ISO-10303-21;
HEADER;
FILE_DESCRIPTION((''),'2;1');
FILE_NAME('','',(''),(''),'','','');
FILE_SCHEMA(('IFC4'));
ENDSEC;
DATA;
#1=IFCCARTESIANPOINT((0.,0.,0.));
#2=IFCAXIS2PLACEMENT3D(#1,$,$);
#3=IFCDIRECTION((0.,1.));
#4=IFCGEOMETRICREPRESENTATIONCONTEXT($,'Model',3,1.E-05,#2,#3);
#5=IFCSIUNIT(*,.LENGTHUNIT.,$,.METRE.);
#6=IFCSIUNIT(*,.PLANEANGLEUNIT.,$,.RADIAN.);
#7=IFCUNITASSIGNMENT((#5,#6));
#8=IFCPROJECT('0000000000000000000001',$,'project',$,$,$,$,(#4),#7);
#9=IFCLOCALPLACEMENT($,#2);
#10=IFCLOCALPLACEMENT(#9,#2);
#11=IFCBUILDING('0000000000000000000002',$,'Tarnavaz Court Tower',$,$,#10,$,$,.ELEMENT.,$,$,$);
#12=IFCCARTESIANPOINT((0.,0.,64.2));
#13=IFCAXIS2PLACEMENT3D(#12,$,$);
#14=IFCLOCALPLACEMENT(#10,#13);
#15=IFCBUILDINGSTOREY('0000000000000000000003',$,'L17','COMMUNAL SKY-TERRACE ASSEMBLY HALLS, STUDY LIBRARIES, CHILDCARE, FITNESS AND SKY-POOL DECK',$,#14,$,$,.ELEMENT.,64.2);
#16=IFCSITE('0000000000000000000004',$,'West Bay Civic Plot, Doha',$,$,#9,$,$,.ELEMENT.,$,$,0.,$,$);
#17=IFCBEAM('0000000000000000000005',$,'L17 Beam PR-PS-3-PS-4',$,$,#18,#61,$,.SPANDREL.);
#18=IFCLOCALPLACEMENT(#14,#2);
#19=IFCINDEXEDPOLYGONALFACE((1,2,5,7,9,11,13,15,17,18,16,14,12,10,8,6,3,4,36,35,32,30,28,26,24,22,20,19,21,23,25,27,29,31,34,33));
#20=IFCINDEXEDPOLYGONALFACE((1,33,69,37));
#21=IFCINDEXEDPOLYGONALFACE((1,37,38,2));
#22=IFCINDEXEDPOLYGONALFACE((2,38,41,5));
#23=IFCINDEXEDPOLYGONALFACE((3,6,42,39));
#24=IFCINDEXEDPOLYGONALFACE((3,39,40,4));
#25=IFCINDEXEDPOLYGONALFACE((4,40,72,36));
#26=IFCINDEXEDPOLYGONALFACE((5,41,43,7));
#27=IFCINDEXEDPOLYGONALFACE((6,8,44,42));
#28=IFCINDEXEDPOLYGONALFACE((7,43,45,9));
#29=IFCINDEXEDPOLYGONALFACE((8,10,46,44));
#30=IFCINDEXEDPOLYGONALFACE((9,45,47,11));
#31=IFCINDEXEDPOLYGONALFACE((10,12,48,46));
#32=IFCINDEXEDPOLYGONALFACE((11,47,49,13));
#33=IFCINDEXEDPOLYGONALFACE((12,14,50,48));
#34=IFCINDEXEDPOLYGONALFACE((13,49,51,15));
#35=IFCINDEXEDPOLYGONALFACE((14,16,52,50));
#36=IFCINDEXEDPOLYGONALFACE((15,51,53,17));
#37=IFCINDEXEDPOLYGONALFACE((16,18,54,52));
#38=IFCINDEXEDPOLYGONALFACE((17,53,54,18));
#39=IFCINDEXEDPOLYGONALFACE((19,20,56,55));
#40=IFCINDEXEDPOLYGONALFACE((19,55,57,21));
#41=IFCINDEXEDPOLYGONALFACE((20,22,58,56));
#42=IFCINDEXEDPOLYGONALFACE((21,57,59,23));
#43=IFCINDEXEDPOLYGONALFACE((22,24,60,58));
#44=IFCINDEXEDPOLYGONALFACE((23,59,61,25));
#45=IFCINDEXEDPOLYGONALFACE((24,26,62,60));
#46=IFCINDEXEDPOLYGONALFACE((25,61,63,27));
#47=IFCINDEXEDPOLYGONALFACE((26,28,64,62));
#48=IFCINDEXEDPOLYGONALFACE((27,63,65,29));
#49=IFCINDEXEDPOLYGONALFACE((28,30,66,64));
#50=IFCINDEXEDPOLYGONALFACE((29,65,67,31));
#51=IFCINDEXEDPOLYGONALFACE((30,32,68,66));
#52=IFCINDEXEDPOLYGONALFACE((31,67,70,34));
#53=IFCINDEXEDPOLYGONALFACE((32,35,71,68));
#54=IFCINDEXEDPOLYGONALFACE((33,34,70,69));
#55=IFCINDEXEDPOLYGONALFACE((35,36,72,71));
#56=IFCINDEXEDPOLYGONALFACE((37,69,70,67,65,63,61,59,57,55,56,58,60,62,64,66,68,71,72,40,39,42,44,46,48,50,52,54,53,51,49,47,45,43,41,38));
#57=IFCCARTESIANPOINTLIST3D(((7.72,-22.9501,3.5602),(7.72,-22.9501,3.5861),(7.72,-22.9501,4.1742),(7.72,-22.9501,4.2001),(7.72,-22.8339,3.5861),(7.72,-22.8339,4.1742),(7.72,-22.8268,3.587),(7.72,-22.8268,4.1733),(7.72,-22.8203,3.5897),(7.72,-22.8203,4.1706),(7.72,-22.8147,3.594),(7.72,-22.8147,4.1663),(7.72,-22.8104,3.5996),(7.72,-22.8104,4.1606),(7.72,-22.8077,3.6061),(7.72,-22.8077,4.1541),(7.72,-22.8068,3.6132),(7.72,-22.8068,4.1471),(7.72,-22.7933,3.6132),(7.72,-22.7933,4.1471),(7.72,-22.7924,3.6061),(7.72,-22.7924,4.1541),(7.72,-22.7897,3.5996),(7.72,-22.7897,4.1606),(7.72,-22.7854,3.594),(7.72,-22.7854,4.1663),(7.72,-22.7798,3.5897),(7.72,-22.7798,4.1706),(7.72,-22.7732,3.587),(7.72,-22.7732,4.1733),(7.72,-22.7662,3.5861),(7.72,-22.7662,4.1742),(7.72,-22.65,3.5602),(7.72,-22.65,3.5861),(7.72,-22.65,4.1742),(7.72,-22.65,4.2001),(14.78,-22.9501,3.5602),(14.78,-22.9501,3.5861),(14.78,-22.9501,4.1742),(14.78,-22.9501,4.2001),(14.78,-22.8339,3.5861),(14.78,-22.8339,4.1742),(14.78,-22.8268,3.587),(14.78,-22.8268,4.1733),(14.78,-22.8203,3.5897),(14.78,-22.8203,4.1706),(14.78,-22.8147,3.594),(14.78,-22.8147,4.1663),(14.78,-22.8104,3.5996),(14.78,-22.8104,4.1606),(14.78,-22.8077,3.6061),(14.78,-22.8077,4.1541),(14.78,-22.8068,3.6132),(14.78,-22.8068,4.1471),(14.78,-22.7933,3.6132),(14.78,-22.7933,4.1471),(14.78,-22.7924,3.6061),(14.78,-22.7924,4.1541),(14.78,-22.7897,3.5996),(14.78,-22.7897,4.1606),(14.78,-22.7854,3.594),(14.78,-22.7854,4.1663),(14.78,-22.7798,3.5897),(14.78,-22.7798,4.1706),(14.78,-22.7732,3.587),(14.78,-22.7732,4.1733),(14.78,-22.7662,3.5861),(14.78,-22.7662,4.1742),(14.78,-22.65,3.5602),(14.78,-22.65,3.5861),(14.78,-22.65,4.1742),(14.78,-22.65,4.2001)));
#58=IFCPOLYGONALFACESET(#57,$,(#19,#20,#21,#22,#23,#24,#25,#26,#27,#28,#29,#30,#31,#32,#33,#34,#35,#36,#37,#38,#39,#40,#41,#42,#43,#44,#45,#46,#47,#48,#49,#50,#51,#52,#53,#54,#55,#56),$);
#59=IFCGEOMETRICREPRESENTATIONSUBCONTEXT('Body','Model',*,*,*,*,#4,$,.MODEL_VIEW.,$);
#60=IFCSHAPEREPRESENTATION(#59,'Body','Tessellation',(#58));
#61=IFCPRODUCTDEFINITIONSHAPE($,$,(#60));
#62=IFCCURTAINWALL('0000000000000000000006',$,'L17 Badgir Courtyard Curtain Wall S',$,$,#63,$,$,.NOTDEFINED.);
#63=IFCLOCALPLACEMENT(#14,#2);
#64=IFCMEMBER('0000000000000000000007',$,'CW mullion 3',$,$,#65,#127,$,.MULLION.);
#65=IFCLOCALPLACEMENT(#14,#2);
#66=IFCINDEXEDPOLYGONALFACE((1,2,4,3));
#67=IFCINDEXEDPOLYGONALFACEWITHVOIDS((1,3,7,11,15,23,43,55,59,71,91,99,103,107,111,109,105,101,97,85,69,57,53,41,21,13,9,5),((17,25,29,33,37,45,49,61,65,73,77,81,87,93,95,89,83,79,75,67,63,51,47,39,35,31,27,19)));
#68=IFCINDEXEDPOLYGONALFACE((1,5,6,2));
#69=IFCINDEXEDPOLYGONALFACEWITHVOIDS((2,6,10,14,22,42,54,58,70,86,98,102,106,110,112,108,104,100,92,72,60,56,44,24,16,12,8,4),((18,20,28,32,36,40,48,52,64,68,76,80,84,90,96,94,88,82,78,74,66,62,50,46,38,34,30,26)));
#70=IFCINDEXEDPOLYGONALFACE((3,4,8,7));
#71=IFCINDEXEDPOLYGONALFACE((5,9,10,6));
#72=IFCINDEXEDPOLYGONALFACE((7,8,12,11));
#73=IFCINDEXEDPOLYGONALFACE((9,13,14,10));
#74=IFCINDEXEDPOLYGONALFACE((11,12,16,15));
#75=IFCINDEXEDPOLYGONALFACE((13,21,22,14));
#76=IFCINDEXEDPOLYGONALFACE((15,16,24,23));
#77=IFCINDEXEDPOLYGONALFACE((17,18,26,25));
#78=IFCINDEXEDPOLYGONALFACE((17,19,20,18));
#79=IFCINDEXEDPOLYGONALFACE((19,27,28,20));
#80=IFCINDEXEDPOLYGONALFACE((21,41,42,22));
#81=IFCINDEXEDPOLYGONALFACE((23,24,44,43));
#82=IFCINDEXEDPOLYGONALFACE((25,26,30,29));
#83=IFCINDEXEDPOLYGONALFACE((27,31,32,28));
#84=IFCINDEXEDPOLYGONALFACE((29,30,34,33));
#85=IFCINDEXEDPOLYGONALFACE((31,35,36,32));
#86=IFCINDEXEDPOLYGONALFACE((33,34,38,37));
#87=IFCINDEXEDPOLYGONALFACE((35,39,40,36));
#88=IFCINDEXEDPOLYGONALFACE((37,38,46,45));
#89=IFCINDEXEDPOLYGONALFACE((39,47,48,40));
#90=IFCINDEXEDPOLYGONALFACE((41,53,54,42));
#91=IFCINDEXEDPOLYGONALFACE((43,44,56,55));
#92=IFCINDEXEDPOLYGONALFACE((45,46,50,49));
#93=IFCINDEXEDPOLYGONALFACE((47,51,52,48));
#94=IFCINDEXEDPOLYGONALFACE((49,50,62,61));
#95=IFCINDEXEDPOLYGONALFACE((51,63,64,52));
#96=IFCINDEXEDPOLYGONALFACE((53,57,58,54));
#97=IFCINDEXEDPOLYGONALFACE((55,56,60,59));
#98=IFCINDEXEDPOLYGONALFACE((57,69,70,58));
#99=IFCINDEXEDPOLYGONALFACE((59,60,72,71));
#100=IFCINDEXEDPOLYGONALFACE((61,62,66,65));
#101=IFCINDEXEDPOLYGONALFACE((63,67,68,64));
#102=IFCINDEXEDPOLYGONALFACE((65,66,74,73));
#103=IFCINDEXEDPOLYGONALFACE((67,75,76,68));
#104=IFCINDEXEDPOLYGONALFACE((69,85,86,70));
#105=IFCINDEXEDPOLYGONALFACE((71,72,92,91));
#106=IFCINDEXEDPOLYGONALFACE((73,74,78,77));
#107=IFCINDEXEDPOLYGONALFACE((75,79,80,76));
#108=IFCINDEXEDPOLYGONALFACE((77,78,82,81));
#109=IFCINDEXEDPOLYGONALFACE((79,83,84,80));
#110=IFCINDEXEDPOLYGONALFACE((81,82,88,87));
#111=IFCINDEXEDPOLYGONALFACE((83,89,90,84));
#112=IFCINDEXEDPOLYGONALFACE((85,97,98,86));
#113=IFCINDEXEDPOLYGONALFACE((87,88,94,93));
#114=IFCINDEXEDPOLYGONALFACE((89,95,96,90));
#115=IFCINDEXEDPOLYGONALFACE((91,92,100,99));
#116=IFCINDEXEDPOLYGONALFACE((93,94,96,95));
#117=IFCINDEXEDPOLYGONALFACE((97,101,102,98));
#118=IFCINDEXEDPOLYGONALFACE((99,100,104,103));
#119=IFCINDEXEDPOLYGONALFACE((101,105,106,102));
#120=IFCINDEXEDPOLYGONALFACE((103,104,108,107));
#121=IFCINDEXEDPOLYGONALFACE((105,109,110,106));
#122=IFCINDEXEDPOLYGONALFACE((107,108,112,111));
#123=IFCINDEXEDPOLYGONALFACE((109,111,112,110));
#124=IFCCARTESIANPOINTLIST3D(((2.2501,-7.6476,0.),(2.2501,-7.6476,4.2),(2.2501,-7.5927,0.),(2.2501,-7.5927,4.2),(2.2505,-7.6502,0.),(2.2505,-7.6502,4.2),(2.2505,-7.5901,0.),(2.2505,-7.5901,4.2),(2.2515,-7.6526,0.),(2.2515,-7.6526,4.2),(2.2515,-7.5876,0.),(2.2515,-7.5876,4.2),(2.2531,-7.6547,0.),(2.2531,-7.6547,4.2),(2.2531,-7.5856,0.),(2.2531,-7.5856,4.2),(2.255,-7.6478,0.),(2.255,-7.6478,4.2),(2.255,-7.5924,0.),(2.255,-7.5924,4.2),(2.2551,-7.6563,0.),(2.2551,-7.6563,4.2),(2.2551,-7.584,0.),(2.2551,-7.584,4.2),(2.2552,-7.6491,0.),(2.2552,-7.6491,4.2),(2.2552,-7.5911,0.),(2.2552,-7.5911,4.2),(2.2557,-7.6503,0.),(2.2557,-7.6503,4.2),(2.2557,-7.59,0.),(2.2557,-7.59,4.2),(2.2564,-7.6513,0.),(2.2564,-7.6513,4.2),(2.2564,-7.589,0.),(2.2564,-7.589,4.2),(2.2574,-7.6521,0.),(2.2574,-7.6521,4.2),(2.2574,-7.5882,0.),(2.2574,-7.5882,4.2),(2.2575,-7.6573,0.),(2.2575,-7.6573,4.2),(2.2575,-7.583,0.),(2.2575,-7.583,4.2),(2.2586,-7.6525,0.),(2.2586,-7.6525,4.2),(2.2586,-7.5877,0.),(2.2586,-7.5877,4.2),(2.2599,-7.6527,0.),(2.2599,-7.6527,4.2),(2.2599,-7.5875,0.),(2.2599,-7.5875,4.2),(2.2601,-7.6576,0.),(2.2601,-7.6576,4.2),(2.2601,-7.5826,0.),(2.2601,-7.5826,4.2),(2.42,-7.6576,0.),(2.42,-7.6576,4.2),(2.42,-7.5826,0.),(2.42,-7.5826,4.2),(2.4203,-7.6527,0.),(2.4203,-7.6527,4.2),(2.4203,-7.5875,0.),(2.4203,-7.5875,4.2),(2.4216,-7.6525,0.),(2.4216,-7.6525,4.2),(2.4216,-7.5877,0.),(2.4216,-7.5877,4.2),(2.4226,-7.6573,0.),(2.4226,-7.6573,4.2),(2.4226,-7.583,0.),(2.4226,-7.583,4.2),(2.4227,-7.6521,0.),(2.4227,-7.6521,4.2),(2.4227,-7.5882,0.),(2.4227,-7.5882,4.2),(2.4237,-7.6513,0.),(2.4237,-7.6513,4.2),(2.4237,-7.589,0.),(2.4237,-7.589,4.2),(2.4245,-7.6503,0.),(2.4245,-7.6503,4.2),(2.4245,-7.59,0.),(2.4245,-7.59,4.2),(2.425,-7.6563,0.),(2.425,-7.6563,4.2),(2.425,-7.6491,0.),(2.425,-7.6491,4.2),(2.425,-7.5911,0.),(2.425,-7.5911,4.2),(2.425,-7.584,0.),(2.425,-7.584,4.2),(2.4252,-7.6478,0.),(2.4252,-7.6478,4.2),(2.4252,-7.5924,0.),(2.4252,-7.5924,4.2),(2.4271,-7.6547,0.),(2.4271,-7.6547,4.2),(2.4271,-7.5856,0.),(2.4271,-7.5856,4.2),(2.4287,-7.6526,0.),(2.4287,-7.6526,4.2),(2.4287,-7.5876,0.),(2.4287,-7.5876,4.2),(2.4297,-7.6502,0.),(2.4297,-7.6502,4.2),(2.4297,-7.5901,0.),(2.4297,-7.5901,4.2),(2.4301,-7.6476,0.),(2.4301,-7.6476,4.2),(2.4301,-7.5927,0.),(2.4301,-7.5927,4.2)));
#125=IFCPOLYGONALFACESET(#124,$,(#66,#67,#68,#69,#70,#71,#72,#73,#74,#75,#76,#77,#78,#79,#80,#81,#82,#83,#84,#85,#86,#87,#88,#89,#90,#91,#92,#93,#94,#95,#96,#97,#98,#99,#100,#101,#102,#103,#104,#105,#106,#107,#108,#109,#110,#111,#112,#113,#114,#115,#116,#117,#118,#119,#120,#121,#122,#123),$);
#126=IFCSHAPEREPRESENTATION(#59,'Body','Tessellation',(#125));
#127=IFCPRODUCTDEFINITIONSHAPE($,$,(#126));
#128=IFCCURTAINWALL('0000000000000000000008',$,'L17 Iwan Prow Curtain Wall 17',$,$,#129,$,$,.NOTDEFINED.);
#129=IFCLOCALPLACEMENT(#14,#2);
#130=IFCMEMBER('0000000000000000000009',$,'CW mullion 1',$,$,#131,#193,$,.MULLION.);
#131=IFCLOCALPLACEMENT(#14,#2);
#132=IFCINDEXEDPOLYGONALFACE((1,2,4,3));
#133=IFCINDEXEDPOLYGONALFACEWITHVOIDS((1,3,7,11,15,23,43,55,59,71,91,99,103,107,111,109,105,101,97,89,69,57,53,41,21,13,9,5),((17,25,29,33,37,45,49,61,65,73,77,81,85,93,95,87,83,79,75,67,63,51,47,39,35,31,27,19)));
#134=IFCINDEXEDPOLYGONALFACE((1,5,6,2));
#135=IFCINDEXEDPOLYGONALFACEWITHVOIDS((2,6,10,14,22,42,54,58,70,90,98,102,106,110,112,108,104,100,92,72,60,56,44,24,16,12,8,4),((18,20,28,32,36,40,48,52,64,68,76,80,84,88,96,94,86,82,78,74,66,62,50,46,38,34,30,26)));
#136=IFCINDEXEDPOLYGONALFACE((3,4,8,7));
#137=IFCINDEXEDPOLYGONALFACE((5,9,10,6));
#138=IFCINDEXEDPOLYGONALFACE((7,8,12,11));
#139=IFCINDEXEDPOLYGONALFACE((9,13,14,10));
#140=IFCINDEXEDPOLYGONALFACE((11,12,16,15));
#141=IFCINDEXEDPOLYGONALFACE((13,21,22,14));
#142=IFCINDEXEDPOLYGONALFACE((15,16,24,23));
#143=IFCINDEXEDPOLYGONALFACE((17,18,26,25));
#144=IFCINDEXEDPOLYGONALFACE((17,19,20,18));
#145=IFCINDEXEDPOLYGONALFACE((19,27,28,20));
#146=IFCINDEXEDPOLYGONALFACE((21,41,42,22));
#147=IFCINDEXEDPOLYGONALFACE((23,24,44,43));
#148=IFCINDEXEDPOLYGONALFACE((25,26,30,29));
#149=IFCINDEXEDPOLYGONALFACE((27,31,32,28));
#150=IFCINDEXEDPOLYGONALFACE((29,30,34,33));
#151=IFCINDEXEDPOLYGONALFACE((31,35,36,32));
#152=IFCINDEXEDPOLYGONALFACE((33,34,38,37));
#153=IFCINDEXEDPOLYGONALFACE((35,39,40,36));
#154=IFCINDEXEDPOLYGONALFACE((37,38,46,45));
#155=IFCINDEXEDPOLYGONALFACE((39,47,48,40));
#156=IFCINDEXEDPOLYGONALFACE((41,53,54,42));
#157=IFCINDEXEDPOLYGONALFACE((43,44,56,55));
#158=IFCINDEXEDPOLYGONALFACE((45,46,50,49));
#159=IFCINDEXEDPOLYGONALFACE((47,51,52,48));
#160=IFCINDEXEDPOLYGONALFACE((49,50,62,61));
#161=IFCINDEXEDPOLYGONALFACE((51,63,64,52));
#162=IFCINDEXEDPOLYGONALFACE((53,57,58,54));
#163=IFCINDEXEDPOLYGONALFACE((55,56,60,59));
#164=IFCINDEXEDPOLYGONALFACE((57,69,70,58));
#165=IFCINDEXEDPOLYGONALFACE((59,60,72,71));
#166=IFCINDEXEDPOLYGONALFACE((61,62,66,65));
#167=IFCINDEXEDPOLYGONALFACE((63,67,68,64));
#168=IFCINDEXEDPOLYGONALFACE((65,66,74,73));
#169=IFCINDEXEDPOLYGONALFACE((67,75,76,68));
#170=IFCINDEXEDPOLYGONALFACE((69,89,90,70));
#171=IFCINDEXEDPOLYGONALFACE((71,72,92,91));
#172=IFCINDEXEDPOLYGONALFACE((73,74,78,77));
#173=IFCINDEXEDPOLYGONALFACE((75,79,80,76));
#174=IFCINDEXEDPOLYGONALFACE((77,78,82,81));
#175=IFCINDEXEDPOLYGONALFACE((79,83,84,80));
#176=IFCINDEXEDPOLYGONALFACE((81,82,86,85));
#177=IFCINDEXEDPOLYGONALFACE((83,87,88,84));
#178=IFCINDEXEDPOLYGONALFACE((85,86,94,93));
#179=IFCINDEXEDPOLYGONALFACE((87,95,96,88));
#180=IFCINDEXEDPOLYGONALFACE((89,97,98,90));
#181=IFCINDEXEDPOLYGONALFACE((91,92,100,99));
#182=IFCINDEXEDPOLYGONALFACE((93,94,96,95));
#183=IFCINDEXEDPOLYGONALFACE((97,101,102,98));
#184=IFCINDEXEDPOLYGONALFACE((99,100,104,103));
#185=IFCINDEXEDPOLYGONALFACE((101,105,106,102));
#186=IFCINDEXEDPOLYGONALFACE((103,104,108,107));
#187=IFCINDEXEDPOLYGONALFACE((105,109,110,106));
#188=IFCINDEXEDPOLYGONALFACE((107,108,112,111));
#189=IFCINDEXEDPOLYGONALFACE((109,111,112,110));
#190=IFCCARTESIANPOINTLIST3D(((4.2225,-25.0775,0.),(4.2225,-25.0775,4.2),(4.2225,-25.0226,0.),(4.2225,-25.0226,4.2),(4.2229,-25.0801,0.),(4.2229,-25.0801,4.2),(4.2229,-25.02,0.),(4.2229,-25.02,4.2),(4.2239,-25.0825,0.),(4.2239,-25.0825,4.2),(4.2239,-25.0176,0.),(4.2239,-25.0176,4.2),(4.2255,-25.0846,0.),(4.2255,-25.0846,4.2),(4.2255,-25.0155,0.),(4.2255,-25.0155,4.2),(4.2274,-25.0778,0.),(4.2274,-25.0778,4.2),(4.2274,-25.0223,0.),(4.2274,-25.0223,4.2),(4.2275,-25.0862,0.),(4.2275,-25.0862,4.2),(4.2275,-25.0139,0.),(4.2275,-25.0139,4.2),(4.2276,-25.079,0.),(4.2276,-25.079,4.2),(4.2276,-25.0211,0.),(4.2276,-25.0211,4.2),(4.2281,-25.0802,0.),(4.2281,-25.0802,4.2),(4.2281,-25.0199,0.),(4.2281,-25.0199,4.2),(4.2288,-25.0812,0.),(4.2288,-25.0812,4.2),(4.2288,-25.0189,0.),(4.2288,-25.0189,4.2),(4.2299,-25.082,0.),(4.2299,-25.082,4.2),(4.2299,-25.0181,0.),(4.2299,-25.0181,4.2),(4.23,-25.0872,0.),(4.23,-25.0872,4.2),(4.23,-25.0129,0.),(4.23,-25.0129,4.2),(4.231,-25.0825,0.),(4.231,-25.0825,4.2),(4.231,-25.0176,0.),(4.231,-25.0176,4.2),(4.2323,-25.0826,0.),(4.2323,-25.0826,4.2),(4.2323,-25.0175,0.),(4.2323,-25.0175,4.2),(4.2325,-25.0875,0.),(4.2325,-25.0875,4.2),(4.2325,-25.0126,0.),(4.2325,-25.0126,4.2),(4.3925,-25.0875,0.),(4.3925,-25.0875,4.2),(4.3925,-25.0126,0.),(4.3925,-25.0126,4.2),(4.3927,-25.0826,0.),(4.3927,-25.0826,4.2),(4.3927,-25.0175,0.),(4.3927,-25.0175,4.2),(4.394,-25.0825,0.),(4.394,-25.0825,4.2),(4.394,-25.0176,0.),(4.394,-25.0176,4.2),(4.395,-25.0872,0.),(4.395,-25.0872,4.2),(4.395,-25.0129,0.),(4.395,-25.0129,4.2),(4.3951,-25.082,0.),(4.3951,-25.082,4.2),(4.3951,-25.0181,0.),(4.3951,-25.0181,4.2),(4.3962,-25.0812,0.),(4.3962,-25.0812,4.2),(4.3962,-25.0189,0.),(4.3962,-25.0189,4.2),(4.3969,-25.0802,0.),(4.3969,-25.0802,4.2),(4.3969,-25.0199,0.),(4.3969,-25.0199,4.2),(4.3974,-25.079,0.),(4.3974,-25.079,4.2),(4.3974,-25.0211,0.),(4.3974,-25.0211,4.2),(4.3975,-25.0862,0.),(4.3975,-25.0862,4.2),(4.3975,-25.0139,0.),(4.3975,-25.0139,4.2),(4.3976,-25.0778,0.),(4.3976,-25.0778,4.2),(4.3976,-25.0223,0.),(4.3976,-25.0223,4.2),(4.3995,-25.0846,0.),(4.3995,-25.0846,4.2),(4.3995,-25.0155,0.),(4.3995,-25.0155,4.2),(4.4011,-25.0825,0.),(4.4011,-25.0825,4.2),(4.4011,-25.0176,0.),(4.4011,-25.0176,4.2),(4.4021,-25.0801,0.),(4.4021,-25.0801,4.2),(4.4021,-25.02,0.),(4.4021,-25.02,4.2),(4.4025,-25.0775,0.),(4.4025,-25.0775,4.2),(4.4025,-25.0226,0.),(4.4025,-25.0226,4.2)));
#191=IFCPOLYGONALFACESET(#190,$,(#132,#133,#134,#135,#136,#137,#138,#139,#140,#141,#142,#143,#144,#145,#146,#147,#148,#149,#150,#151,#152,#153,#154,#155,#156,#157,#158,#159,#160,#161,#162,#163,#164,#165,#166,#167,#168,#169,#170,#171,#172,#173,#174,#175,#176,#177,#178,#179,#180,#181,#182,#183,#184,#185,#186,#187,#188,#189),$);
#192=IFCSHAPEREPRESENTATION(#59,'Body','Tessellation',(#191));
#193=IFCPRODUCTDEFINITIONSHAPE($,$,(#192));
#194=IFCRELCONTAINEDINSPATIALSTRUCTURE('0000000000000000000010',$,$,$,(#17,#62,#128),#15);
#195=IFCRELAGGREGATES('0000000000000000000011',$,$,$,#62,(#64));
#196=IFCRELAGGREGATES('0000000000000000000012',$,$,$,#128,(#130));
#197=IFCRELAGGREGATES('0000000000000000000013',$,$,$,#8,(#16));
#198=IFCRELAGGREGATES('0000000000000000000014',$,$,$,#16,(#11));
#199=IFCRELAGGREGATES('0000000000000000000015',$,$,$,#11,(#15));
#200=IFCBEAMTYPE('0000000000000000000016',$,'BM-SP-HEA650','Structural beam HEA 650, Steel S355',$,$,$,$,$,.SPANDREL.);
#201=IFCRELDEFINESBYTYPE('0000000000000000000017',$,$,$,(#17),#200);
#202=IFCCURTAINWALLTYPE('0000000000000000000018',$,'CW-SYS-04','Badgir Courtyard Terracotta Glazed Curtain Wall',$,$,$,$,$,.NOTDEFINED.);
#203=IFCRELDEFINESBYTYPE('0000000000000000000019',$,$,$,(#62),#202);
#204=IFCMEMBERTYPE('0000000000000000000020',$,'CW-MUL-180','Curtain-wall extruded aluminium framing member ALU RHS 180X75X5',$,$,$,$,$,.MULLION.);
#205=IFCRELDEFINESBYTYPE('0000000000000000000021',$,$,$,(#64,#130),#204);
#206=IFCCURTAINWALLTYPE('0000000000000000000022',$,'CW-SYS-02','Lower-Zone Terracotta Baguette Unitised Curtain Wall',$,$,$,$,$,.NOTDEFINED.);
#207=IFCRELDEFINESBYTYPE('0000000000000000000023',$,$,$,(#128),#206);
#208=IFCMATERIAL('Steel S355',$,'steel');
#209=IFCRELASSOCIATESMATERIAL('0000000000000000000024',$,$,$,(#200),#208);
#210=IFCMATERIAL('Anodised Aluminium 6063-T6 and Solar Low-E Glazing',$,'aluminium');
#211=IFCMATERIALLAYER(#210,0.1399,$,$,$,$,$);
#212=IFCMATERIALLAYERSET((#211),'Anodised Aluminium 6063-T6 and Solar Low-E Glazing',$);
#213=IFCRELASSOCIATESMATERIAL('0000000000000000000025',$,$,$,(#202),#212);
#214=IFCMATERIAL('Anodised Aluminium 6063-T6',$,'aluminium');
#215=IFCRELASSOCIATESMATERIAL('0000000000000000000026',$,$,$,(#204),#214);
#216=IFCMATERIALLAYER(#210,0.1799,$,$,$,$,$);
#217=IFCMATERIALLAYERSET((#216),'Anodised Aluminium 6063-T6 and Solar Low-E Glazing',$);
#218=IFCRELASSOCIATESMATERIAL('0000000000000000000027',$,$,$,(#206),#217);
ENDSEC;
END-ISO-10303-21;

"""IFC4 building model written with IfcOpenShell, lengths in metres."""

from ifc_helpers import new_model, si_unit, direction, frame, origin, origin_2d, place, context, subcontext, project, spatial, hollow_rectangle, i_section, extrude, material, layer, layer_set, material_profile, profile_set, type_object, element, aggregate, save


model = new_model("IFC4")

# Units and contexts
model_context = context("Model", 3, precision=1e-05, world=origin(), true_north=direction((0.0, 1.0)))
body_context = subcontext(model_context, "Body", "Model", "MODEL_VIEW")
ifc_project = project(units=[si_unit("LENGTHUNIT", "METRE"), si_unit("PLANEANGLEUNIT", "RADIAN")], contexts=[model_context])

# Site, building, storey
site_placement = place(None, origin())
site = spatial("IfcSite", under=ifc_project, at=site_placement, Name="West Bay Civic Plot, Doha", CompositionType="ELEMENT", RefElevation=0.0)
building_placement = place(site_placement, origin())
building = spatial("IfcBuilding", under=site, at=building_placement, Name="Tarnavaz Court Tower", CompositionType="ELEMENT")
storey_placement = place(building_placement, frame((0.0, 0.0, 64.2)))
storey = spatial("IfcBuildingStorey", under=building, at=storey_placement, Name="L17", Description="COMMUNAL SKY-TERRACE ASSEMBLY HALLS, STUDY LIBRARIES, CHILDCARE, FITNESS AND SKY-POOL DECK", CompositionType="ELEMENT", Elevation=64.2)

# Beam
ifc_material_1 = material(Name="Steel S355", Category="steel")
ifc_material_profile_1 = material_profile(ifc_material_1, i_section(OverallWidth=0.3, OverallDepth=0.6399, WebThickness=0.0134, FlangeThickness=0.0259, FilletRadius=0.0271, at=origin_2d()), Name="HEA 650")
ifc_profile_set_1 = profile_set([ifc_material_profile_1], Name="Steel S355")
beam_type_1 = type_object("IfcBeamType", Name="BM-SP-HEA650", Description="Structural beam HEA 650, Steel S355", PredefinedType="SPANDREL", material=ifc_profile_set_1)
beam_1_placement = place(storey_placement, frame((7.72, -22.8, 3.8801), z_axis=(1.0, 0.0, 0.0), x_axis=(0.0, 1.0, 0.0)))
element("IfcBeam", 1, at=beam_1_placement, inside=storey, type_object=beam_type_1, Name="L17 Beam PR-PS-3-PS-4", PredefinedType="SPANDREL", context=body_context, shape_type="SweptSolid", body=[
    extrude(i_section(OverallWidth=0.3, OverallDepth=0.6399, WebThickness=0.0134, FlangeThickness=0.0259, FilletRadius=0.0271, at=origin_2d()), origin(), (0.0, 0.0, 1.0), 7.0601),
])

# Curtain wall, member
ifc_material_2 = material(Name="Anodised Aluminium 6063-T6 and Solar Low-E Glazing", Category="aluminium")
ifc_layer_1 = layer(ifc_material_2, 0.1399)
ifc_layer_set_1 = layer_set([ifc_layer_1], Name="Anodised Aluminium 6063-T6 and Solar Low-E Glazing")
curtain_wall_type_1 = type_object("IfcCurtainWallType", Name="CW-SYS-04", Description="Badgir Courtyard Terracotta Glazed Curtain Wall", PredefinedType="NOTDEFINED", material=ifc_layer_set_1)
curtain_wall_1_placement = place(storey_placement, origin())
curtain_wall_1 = element("IfcCurtainWall", 2, at=curtain_wall_1_placement, inside=storey, type_object=curtain_wall_type_1, Name="L17 Badgir Courtyard Curtain Wall S", PredefinedType="NOTDEFINED")
ifc_material_3 = material(Name="Anodised Aluminium 6063-T6", Category="aluminium")
ifc_material_profile_2 = material_profile(ifc_material_3, hollow_rectangle(XDim=0.075, YDim=0.1799, WallThickness=0.0049, InnerFilletRadius=0.0049, OuterFilletRadius=0.01, at=origin_2d()), Name="ALU RHS 180X75X5")
ifc_profile_set_2 = profile_set([ifc_material_profile_2], Name="Anodised Aluminium 6063-T6")
member_type_1 = type_object("IfcMemberType", Name="CW-MUL-180", Description="Curtain-wall extruded aluminium framing member ALU RHS 180X75X5", PredefinedType="MULLION", material=ifc_profile_set_2)
member_1_placement = place(storey_placement, frame((2.3401, -7.6201, 0.0), z_axis=(0.0, 0.0, 1.0), x_axis=(0.0, 1.0, 0.0)))
member_1 = element("IfcMember", 3, at=member_1_placement, type_object=member_type_1, Name="CW mullion 3", PredefinedType="MULLION", context=body_context, shape_type="SweptSolid", body=[
    extrude(hollow_rectangle(XDim=0.075, YDim=0.1799, WallThickness=0.0049, InnerFilletRadius=0.0049, OuterFilletRadius=0.01, at=origin_2d()), origin(), (0.0, 0.0, 1.0), 4.2),
])

# Curtain wall, member
ifc_layer_2 = layer(ifc_material_2, 0.1799)
ifc_layer_set_2 = layer_set([ifc_layer_2], Name="Anodised Aluminium 6063-T6 and Solar Low-E Glazing")
curtain_wall_type_2 = type_object("IfcCurtainWallType", Name="CW-SYS-02", Description="Lower-Zone Terracotta Baguette Unitised Curtain Wall", PredefinedType="NOTDEFINED", material=ifc_layer_set_2)
curtain_wall_2_placement = place(storey_placement, origin())
curtain_wall_2 = element("IfcCurtainWall", 4, at=curtain_wall_2_placement, inside=storey, type_object=curtain_wall_type_2, Name="L17 Iwan Prow Curtain Wall 17", PredefinedType="NOTDEFINED")
member_2_placement = place(storey_placement, frame((4.3125, -25.05, 0.0), z_axis=(0.0, 0.0, 1.0), x_axis=(0.0, -1.0, 0.0)))
member_2 = element("IfcMember", 5, at=member_2_placement, type_object=member_type_1, Name="CW mullion 1", PredefinedType="MULLION", context=body_context, shape_type="SweptSolid", body=[
    extrude(hollow_rectangle(XDim=0.075, YDim=0.1799, WallThickness=0.0049, InnerFilletRadius=0.0049, OuterFilletRadius=0.01, at=origin_2d()), origin(), (0.0, 0.0, 1.0), 4.2),
])

aggregate(curtain_wall_1, [member_1])
aggregate(curtain_wall_2, [member_2])

save(model, "model.ifc")
